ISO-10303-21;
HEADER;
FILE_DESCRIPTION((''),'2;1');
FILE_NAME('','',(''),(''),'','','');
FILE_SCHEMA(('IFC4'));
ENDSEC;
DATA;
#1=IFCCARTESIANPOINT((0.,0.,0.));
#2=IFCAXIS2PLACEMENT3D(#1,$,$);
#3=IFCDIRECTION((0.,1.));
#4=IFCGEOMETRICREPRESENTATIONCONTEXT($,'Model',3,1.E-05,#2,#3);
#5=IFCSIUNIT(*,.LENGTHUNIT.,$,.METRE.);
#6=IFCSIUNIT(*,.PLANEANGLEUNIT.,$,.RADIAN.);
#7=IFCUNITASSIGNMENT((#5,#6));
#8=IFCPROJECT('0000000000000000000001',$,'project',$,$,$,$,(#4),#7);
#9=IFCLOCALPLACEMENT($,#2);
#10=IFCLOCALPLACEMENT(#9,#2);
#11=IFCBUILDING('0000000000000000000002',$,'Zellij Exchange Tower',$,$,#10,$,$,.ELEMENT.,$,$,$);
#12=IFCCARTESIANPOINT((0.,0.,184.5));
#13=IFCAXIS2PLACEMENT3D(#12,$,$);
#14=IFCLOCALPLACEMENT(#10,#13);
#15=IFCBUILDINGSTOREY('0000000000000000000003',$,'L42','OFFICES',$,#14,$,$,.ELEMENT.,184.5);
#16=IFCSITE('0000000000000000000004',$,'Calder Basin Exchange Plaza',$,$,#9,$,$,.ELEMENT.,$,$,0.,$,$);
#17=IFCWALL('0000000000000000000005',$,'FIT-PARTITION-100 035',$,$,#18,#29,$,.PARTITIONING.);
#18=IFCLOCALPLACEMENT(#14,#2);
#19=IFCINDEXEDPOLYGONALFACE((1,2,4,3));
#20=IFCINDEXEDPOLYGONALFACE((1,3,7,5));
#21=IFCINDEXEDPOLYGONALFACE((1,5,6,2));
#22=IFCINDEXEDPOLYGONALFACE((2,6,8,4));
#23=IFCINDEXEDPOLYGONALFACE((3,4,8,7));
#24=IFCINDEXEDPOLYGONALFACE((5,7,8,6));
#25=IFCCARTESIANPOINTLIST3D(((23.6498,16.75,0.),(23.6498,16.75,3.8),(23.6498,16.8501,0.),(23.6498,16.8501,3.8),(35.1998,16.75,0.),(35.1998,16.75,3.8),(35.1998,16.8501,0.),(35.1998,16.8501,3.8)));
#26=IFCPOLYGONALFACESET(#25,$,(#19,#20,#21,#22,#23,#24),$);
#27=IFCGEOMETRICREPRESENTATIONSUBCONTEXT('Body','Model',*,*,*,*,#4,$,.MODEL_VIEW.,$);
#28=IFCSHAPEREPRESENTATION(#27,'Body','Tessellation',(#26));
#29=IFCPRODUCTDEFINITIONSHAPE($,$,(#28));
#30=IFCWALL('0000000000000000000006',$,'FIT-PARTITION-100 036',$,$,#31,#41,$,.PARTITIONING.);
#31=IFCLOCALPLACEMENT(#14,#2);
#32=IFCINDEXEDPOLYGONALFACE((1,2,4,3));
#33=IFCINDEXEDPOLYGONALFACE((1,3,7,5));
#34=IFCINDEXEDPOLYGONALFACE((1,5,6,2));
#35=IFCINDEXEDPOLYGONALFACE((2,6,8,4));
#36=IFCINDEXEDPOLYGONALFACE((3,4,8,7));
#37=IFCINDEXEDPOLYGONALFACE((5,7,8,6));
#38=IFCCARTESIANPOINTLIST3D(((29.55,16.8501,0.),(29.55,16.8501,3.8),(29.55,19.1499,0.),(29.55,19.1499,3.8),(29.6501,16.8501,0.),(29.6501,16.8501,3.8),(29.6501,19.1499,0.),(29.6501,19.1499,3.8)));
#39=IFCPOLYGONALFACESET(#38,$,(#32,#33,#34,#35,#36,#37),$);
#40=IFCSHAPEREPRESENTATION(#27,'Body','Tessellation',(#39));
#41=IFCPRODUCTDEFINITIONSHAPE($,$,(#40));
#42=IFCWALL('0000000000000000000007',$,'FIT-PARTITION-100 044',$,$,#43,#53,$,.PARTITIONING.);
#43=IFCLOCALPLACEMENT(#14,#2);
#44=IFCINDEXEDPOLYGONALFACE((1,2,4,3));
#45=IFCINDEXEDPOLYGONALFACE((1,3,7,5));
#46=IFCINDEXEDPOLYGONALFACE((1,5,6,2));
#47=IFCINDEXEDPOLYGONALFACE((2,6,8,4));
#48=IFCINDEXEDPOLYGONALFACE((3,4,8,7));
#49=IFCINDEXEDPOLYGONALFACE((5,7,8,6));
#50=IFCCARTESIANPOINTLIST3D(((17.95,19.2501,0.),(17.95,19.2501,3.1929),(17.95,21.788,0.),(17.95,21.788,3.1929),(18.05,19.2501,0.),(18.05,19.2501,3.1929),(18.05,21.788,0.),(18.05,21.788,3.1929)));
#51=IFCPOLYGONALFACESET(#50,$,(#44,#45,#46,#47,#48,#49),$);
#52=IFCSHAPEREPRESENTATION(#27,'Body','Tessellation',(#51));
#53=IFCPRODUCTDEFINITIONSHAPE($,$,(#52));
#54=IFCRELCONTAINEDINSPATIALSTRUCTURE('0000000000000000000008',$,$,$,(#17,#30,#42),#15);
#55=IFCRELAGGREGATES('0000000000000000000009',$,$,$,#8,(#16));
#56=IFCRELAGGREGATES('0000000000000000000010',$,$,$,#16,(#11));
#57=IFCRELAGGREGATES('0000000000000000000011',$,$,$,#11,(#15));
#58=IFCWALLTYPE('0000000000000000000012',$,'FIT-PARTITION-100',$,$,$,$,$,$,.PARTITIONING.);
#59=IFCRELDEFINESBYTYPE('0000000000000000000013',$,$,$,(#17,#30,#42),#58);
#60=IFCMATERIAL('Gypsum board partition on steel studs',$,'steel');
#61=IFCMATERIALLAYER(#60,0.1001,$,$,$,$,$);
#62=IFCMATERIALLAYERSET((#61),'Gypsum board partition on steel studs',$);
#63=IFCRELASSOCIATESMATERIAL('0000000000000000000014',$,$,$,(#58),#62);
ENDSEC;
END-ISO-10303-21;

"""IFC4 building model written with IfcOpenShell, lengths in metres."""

from ifc_helpers import new_model, si_unit, direction, frame, frame_2d, origin, place, context, subcontext, project, spatial, rectangle, extrude, material, layer, layer_set, type_object, element, save


model = new_model("IFC4")

# Units and contexts
model_context = context("Model", 3, precision=1e-05, world=origin(), true_north=direction((0.0, 1.0)))
body_context = subcontext(model_context, "Body", "Model", "MODEL_VIEW")
ifc_project = project(units=[si_unit("LENGTHUNIT", "METRE"), si_unit("PLANEANGLEUNIT", "RADIAN")], contexts=[model_context])

# Site, building, storey
site_placement = place(None, origin())
site = spatial("IfcSite", under=ifc_project, at=site_placement, Name="Calder Basin Exchange Plaza", CompositionType="ELEMENT", RefElevation=0.0)
building_placement = place(site_placement, origin())
building = spatial("IfcBuilding", under=site, at=building_placement, Name="Zellij Exchange Tower", CompositionType="ELEMENT")
storey_placement = place(building_placement, frame((0.0, 0.0, 184.5)))
storey = spatial("IfcBuildingStorey", under=building, at=storey_placement, Name="L42", Description="OFFICES", CompositionType="ELEMENT", Elevation=184.5)

# Shared definitions
ifc_material_1 = material(Name="Gypsum board partition on steel studs", Category="steel")
ifc_layer_1 = layer(ifc_material_1, 0.1001)
ifc_layer_set_1 = layer_set([ifc_layer_1], Name="Gypsum board partition on steel studs")
wall_type_1 = type_object("IfcWallType", Name="FIT-PARTITION-100", PredefinedType="PARTITIONING", material=ifc_layer_set_1)

# Walls
wall_1_placement = place(storey_placement, frame((23.6499, 16.8, 0.0), z_axis=(0.0, 0.0, 1.0), x_axis=(1.0, 0.0, 0.0)))
element("IfcWall", 1, at=wall_1_placement, inside=storey, type_object=wall_type_1, Name="FIT-PARTITION-100 035", PredefinedType="PARTITIONING", context=body_context, shape_type="SweptSolid", body=[
    extrude(rectangle(XDim=11.55, YDim=0.1001, at=frame_2d((5.7749, 0.0))), origin(), (0.0, 0.0, 1.0), 3.8),
])
wall_2_placement = place(storey_placement, frame((29.6001, 16.8501, 0.0), z_axis=(0.0, 0.0, 1.0), x_axis=(0.0, 1.0, 0.0)))
element("IfcWall", 2, at=wall_2_placement, inside=storey, type_object=wall_type_1, Name="FIT-PARTITION-100 036", PredefinedType="PARTITIONING", context=body_context, shape_type="SweptSolid", body=[
    extrude(rectangle(XDim=2.2998, YDim=0.1001, at=frame_2d((1.1499, 0.0))), origin(), (0.0, 0.0, 1.0), 3.8),
])
wall_3_placement = place(storey_placement, frame((18.0, 19.25, 0.0), z_axis=(0.0, 0.0, 1.0), x_axis=(0.0, 1.0, 0.0)))
element("IfcWall", 3, at=wall_3_placement, inside=storey, type_object=wall_type_1, Name="FIT-PARTITION-100 044", PredefinedType="PARTITIONING", context=body_context, shape_type="SweptSolid", body=[
    extrude(rectangle(XDim=2.5378, YDim=0.1001, at=frame_2d((1.269, 0.0))), origin(), (0.0, 0.0, 1.0), 3.1929),
])

save(model, "model.ifc")
